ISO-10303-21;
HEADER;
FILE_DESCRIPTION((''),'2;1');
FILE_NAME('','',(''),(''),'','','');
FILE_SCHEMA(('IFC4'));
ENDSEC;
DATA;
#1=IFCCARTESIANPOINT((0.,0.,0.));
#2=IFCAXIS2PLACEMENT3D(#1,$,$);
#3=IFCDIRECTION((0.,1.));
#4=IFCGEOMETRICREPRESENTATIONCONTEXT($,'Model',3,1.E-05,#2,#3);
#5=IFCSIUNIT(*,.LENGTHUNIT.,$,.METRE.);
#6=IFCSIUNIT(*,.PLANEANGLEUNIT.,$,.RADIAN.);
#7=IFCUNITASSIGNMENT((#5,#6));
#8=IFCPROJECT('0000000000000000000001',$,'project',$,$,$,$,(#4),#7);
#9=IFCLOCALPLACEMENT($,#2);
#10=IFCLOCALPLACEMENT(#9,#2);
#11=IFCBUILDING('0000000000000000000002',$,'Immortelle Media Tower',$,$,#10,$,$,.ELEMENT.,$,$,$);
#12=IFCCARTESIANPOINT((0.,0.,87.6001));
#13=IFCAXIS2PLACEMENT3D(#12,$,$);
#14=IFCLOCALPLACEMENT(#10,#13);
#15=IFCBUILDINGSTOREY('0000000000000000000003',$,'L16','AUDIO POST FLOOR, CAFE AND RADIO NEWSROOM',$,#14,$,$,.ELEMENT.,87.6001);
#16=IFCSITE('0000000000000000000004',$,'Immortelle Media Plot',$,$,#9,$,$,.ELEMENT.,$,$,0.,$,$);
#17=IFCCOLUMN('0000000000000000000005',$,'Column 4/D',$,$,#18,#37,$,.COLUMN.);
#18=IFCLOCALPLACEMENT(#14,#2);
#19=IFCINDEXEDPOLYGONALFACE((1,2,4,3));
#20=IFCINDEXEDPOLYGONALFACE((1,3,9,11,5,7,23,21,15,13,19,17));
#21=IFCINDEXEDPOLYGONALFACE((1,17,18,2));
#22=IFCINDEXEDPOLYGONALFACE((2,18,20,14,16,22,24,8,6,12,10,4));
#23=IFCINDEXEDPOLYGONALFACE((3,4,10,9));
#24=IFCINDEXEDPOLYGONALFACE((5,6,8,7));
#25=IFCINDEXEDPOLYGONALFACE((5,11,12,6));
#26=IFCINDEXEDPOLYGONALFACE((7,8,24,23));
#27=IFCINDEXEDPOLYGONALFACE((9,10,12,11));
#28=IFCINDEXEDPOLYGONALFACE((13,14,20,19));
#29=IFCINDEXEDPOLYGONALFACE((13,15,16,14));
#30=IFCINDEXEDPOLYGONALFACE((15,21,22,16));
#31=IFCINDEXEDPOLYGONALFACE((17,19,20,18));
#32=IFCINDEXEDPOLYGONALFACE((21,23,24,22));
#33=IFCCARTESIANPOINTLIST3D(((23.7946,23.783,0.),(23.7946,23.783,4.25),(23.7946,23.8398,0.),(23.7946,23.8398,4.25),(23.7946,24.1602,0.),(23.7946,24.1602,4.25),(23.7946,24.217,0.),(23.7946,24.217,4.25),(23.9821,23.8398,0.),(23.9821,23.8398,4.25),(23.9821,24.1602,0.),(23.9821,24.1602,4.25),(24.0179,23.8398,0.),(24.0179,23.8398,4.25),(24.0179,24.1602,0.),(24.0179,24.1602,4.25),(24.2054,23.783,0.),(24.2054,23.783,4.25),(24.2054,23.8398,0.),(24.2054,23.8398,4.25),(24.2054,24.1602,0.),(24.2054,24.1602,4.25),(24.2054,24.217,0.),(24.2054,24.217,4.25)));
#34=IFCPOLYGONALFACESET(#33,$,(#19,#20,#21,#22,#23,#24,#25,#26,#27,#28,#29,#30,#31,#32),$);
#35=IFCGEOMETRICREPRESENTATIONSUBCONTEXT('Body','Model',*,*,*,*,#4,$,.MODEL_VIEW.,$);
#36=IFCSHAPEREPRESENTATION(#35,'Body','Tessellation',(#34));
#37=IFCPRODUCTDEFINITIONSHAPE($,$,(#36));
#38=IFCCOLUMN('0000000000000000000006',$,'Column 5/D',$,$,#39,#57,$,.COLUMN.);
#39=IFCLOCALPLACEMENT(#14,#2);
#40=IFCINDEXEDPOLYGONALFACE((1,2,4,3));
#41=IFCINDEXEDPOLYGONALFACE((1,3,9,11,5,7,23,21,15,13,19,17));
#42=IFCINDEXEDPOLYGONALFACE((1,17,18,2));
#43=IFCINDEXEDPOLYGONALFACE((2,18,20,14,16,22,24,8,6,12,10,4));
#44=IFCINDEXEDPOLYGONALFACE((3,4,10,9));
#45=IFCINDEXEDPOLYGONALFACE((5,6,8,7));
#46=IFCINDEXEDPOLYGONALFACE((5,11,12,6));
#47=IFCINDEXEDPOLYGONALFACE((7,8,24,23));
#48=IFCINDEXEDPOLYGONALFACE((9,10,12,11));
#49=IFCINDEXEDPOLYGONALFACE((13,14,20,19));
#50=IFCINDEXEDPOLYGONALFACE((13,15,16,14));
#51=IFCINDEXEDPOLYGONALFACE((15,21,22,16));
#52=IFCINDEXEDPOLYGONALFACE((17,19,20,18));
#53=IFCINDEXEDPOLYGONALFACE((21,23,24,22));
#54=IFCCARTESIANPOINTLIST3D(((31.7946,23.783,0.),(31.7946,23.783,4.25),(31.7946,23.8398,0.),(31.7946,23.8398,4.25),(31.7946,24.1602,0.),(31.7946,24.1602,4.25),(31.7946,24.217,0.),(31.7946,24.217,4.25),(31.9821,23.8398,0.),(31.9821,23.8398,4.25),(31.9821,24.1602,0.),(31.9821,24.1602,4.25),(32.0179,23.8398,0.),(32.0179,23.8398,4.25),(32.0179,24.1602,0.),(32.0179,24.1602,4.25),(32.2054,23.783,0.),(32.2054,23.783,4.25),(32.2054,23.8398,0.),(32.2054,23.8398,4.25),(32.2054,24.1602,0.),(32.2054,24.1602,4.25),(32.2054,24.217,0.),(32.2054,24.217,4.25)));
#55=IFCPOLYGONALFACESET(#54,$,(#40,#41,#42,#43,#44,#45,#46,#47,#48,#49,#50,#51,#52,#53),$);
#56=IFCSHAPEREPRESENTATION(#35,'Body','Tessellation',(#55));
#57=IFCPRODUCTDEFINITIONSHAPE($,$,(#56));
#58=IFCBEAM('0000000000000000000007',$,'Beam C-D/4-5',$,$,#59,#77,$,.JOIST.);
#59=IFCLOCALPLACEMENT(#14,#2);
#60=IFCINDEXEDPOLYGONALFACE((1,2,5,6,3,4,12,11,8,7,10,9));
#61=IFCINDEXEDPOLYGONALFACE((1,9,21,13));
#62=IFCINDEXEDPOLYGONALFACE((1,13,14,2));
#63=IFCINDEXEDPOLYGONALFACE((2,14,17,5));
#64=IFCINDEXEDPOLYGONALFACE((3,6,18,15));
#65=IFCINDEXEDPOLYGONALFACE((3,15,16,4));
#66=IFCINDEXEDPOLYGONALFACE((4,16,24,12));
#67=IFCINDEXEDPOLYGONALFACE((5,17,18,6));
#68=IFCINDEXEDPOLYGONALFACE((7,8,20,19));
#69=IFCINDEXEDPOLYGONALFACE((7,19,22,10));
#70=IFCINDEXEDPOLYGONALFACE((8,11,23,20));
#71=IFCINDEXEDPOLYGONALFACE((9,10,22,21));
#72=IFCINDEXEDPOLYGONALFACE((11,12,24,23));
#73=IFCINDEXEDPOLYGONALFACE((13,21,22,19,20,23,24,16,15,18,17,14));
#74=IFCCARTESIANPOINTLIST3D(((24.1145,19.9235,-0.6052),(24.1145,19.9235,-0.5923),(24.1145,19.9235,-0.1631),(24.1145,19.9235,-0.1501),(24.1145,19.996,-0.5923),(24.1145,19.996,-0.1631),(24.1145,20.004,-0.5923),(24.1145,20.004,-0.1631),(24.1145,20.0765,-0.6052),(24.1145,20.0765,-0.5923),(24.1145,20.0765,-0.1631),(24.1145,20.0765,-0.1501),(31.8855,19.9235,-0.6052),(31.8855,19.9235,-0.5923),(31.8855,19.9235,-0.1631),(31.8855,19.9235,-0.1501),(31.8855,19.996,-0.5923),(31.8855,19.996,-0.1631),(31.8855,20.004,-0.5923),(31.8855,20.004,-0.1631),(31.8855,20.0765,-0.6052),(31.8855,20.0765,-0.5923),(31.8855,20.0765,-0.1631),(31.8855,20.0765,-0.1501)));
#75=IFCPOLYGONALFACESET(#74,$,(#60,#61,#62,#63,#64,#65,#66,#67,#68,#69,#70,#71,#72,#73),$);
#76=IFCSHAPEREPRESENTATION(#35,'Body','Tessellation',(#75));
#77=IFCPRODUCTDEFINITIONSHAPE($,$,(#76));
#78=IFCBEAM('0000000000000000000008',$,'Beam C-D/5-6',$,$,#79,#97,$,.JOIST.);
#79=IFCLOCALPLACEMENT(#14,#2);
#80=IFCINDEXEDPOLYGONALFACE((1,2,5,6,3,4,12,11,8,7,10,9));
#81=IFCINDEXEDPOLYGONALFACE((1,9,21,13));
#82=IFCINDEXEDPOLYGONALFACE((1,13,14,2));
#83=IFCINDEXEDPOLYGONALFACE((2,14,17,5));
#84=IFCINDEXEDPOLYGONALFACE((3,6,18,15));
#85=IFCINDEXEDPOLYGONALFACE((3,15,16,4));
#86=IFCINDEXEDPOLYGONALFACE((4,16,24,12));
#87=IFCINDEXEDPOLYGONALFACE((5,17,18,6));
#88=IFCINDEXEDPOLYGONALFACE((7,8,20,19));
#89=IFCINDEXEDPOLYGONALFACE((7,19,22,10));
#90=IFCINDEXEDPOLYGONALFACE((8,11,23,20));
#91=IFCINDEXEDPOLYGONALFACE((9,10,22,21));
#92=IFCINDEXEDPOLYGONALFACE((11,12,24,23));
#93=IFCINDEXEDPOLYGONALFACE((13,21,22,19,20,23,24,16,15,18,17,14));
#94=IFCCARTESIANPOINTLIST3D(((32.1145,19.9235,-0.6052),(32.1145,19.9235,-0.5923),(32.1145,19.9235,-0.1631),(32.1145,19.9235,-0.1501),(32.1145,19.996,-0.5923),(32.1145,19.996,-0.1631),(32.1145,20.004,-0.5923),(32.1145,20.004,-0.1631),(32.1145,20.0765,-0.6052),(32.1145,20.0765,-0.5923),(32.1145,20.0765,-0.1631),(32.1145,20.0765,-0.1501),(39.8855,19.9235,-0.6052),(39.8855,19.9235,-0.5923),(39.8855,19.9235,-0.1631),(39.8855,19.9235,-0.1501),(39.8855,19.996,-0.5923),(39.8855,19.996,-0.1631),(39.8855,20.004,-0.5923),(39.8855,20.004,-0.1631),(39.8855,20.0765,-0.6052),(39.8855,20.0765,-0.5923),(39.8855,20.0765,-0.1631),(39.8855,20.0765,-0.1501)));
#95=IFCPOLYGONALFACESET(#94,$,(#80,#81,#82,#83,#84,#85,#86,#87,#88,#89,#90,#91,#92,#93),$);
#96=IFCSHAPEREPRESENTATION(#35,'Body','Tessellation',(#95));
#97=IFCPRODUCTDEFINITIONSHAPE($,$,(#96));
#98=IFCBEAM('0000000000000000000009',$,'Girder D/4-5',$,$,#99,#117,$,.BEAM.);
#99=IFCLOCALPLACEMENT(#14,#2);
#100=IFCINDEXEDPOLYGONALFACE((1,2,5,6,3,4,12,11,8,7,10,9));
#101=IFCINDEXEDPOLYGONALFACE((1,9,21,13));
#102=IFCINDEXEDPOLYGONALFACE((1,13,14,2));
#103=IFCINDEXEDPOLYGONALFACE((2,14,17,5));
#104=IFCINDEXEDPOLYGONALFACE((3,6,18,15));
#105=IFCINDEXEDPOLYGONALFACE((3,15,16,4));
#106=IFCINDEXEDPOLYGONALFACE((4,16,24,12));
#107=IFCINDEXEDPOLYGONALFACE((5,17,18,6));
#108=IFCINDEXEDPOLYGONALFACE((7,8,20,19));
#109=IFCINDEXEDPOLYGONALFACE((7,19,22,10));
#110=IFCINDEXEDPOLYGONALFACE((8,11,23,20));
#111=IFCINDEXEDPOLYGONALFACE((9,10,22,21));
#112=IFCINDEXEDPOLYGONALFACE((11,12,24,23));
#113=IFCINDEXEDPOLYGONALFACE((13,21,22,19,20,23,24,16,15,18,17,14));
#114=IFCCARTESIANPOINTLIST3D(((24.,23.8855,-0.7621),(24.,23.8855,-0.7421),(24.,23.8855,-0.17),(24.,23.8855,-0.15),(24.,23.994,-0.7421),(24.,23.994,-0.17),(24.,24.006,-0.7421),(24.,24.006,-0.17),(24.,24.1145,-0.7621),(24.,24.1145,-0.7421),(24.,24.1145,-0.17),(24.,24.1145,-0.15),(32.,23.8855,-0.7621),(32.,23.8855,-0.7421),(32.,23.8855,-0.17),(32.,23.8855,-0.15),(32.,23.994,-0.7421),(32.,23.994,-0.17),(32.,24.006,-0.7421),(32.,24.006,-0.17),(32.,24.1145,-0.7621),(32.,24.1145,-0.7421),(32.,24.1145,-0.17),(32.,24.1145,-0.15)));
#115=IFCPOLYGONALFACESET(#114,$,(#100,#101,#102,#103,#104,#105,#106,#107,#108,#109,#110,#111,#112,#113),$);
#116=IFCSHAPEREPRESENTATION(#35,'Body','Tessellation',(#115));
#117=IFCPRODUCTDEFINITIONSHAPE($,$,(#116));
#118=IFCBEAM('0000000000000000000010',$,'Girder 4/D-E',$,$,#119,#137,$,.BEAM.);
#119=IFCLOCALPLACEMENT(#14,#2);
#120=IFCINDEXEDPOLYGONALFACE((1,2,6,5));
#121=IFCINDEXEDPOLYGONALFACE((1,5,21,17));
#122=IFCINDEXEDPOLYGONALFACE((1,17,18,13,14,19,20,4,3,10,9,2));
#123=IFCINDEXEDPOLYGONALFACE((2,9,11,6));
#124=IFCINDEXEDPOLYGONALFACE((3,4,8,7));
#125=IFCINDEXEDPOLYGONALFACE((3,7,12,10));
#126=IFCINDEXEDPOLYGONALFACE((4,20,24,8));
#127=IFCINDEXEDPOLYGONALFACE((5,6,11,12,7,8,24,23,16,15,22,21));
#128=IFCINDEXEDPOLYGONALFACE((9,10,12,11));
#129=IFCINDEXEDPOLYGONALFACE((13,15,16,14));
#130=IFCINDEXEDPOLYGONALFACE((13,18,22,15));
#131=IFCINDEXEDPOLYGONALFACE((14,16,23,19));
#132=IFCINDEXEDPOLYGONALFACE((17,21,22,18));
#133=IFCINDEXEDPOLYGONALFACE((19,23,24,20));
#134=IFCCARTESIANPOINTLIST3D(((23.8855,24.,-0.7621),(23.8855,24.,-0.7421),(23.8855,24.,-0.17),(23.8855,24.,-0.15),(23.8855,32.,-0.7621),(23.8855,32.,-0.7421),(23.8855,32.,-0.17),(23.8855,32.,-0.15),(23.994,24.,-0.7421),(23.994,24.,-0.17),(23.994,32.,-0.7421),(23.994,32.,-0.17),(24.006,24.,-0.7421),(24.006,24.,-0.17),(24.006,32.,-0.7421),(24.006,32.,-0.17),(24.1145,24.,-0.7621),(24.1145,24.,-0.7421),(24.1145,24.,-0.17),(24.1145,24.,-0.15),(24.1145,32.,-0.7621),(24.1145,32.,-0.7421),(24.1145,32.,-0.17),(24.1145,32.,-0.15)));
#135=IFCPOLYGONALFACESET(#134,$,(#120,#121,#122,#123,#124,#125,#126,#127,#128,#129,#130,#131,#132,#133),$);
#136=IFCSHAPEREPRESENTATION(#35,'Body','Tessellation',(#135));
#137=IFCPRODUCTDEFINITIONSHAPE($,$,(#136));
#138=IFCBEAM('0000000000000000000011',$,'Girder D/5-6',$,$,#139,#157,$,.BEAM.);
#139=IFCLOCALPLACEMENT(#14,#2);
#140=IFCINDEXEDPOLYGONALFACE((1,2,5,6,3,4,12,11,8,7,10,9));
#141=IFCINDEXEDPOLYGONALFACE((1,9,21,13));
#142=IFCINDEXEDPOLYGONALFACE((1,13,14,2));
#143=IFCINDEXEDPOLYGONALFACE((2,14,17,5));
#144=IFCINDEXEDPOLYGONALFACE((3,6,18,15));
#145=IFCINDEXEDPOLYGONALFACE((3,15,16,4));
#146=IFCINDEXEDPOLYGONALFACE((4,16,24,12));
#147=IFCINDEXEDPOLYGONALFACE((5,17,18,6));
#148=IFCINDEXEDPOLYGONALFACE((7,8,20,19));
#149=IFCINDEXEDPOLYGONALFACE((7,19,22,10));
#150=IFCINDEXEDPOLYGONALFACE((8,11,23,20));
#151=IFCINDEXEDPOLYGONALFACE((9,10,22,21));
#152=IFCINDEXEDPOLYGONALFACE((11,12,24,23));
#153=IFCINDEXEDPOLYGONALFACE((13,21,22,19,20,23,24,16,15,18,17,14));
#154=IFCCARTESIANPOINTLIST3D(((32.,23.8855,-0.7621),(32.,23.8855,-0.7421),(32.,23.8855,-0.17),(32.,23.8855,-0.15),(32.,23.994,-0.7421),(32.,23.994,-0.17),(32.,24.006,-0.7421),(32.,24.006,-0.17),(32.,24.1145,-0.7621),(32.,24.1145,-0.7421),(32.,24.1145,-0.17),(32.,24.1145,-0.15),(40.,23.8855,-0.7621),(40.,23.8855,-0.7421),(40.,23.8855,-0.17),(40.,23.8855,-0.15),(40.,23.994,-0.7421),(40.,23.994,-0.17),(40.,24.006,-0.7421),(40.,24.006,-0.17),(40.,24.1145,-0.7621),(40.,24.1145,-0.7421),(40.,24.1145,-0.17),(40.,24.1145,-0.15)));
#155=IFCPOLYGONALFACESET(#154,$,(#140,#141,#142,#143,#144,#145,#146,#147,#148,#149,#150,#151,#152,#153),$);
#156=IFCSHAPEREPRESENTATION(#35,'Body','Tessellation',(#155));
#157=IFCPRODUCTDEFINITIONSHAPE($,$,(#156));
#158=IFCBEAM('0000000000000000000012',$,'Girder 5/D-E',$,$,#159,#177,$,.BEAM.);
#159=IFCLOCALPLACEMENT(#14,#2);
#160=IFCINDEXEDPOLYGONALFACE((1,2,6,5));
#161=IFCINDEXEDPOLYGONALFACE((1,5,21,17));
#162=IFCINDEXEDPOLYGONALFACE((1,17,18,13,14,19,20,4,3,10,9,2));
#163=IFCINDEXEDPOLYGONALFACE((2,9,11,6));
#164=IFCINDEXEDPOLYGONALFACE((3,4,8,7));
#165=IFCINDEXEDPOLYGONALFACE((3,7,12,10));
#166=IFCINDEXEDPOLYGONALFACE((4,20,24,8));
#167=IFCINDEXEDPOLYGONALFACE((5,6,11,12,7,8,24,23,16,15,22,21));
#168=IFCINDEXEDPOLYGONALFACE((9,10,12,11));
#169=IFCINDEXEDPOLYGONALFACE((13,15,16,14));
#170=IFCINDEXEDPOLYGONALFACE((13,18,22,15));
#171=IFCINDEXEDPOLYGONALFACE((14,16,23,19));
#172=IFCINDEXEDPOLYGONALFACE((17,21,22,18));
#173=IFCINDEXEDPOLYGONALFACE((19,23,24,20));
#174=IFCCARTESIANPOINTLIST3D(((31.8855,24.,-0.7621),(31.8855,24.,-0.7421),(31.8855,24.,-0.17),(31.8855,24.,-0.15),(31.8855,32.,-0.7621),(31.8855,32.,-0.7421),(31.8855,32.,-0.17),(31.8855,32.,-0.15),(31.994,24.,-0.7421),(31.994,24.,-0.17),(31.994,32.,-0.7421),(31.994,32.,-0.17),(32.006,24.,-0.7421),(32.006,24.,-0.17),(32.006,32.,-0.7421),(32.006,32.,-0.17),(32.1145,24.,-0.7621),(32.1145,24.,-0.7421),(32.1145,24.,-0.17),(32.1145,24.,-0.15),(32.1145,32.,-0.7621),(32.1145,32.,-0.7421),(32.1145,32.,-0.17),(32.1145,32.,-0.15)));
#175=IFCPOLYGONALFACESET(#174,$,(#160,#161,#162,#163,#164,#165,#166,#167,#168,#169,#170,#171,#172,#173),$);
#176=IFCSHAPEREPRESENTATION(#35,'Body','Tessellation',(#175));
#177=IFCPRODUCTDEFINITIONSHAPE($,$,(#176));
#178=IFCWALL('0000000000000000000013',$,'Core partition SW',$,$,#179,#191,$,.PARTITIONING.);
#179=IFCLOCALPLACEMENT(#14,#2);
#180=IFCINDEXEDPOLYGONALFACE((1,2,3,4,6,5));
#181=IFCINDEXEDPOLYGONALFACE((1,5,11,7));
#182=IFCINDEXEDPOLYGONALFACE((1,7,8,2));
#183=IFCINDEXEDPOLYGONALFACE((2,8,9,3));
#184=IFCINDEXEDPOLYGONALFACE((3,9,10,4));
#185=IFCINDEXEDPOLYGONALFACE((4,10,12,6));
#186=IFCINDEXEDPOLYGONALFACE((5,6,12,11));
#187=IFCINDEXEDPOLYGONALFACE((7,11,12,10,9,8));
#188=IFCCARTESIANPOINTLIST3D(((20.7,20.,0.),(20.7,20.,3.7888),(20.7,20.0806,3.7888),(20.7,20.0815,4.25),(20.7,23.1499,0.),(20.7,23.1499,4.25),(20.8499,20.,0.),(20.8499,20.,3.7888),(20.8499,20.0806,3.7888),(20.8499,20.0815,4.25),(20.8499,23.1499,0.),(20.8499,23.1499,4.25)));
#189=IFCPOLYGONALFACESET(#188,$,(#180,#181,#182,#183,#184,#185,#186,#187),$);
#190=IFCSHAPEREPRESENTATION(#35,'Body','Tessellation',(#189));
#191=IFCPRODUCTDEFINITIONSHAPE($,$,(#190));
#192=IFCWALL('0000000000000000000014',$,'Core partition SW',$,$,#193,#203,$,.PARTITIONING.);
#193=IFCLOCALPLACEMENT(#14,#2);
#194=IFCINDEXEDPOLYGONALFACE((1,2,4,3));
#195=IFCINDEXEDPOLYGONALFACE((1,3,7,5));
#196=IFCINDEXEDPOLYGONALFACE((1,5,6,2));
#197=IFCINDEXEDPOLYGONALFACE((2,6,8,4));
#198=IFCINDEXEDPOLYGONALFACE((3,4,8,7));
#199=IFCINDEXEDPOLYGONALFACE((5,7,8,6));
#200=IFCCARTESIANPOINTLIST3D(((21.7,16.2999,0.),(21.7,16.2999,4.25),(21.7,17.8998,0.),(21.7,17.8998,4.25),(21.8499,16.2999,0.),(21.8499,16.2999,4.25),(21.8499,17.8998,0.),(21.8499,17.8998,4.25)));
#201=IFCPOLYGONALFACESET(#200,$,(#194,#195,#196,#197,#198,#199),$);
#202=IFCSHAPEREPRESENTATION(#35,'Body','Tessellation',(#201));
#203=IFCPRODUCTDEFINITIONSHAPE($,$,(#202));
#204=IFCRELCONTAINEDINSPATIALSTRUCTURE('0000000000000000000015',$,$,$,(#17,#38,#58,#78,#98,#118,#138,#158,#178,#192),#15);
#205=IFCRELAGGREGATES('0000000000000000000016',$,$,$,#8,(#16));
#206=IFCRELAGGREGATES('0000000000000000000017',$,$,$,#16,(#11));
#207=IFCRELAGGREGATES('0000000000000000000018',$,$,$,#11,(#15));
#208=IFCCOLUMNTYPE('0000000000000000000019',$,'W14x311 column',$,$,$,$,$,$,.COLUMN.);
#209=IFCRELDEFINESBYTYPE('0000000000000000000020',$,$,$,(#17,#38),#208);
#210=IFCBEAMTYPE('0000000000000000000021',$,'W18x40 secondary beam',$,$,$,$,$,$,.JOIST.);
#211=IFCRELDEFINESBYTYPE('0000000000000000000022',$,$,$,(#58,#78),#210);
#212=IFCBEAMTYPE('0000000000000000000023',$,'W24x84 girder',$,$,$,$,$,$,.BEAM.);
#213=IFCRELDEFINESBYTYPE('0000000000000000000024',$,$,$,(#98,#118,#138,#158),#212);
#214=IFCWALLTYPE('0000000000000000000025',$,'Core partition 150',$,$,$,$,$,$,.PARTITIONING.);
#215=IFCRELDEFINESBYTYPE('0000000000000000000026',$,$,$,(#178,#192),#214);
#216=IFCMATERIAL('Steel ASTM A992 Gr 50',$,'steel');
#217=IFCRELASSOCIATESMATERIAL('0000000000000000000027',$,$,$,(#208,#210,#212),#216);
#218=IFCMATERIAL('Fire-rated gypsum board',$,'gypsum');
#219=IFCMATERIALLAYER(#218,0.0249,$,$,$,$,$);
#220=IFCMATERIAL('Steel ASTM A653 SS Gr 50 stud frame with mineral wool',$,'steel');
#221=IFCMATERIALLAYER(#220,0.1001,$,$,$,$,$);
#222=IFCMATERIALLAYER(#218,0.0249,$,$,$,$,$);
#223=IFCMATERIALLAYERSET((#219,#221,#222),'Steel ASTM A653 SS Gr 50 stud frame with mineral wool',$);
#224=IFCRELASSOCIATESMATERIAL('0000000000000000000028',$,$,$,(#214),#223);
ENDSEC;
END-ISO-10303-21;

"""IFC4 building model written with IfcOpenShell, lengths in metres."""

from ifc_helpers import new_model, si_unit, direction, frame, frame_2d, origin, origin_2d, place, context, subcontext, project, spatial, polyline, rectangle, i_section, outline, extrude, material, layer, layer_set, material_profile, profile_set, type_object, element, save


model = new_model("IFC4")

# Units and contexts
model_context = context("Model", 3, precision=1e-05, world=origin(), true_north=direction((0.0, 1.0)))
body_context = subcontext(model_context, "Body", "Model", "MODEL_VIEW")
ifc_project = project(units=[si_unit("LENGTHUNIT", "METRE"), si_unit("PLANEANGLEUNIT", "RADIAN")], contexts=[model_context])

# Site, building, storey
site_placement = place(None, origin())
site = spatial("IfcSite", under=ifc_project, at=site_placement, Name="Immortelle Media Plot", CompositionType="ELEMENT", RefElevation=0.0)
building_placement = place(site_placement, origin())
building = spatial("IfcBuilding", under=site, at=building_placement, Name="Immortelle Media Tower", CompositionType="ELEMENT")
storey_placement = place(building_placement, frame((0.0, 0.0, 87.6001)))
storey = spatial("IfcBuildingStorey", under=building, at=storey_placement, Name="L16", Description="AUDIO POST FLOOR, CAFE AND RADIO NEWSROOM", CompositionType="ELEMENT", Elevation=87.6001)

# Columns
ifc_material_1 = material(Name="Steel ASTM A992 Gr 50", Category="steel")
ifc_material_profile_1 = material_profile(ifc_material_1, i_section(OverallWidth=0.4109, OverallDepth=0.4341, WebThickness=0.0359, FlangeThickness=0.0569, at=origin_2d()), Name="W14x311")
ifc_profile_set_1 = profile_set([ifc_material_profile_1], Name="Steel ASTM A992 Gr 50")
column_type = type_object("IfcColumnType", Name="W14x311 column", PredefinedType="COLUMN", material=ifc_profile_set_1)
for number, where, z_axis, x_axis, name in (
    (1, (24.0, 24.0, 0.0), (0.0, 0.0, 1.0), (1.0, 0.0, 0.0), "Column 4/D"),
    (2, (32.0, 24.0, 0.0), (0.0, 0.0, 1.0), (1.0, 0.0, 0.0), "Column 5/D"),
):
    element("IfcColumn", number, at=place(storey_placement, frame(where, z_axis=z_axis, x_axis=x_axis)), inside=storey, type_object=column_type, Name=name, PredefinedType="COLUMN", context=body_context, shape_type="SweptSolid", body=[
        extrude(i_section(OverallWidth=0.4109, OverallDepth=0.4341, WebThickness=0.0359, FlangeThickness=0.0569, at=origin_2d()), origin(), (0.0, 0.0, 1.0), 4.25),
    ])

# Beams
ifc_material_profile_2 = material_profile(ifc_material_1, i_section(OverallWidth=0.1531, OverallDepth=0.4551, WebThickness=0.0081, FlangeThickness=0.0129, at=origin_2d()), Name="W18x40")
ifc_profile_set_2 = profile_set([ifc_material_profile_2], Name="Steel ASTM A992 Gr 50")
beam_type_1 = type_object("IfcBeamType", Name="W18x40 secondary beam", PredefinedType="JOIST", material=ifc_profile_set_2)
for number, where, z_axis, x_axis, name in (
    (3, (24.1145, 20.0, -0.3777), (1.0, 0.0, 0.0), (0.0, 1.0, 0.0), "Beam C-D/4-5"),
    (4, (32.1145, 20.0, -0.3777), (1.0, 0.0, 0.0), (0.0, 1.0, 0.0), "Beam C-D/5-6"),
):
    element("IfcBeam", number, at=place(storey_placement, frame(where, z_axis=z_axis, x_axis=x_axis)), inside=storey, type_object=beam_type_1, Name=name, PredefinedType="JOIST", context=body_context, shape_type="SweptSolid", body=[
        extrude(i_section(OverallWidth=0.1531, OverallDepth=0.4551, WebThickness=0.0081, FlangeThickness=0.0129, at=origin_2d()), origin(), (0.0, 0.0, 1.0), 7.771),
    ])
ifc_material_profile_3 = material_profile(ifc_material_1, i_section(OverallWidth=0.229, OverallDepth=0.6121, WebThickness=0.012, FlangeThickness=0.02, at=origin_2d()), Name="W24x84")
ifc_profile_set_3 = profile_set([ifc_material_profile_3], Name="Steel ASTM A992 Gr 50")
beam_type_2 = type_object("IfcBeamType", Name="W24x84 girder", PredefinedType="BEAM", material=ifc_profile_set_3)
for number, where, z_axis, x_axis, name in (
    (5, (24.0, 24.0, -0.4561), (1.0, 0.0, 0.0), (0.0, 1.0, 0.0), "Girder D/4-5"),
    (6, (24.0, 24.0, -0.4561), (0.0, 1.0, 0.0), (-1.0, 0.0, 0.0), "Girder 4/D-E"),
    (7, (32.0, 24.0, -0.4561), (1.0, 0.0, 0.0), (0.0, 1.0, 0.0), "Girder D/5-6"),
    (8, (32.0, 24.0, -0.4561), (0.0, 1.0, 0.0), (-1.0, 0.0, 0.0), "Girder 5/D-E"),
):
    element("IfcBeam", number, at=place(storey_placement, frame(where, z_axis=z_axis, x_axis=x_axis)), inside=storey, type_object=beam_type_2, Name=name, PredefinedType="BEAM", context=body_context, shape_type="SweptSolid", body=[
        extrude(i_section(OverallWidth=0.229, OverallDepth=0.6121, WebThickness=0.012, FlangeThickness=0.02, at=origin_2d()), origin(), (0.0, 0.0, 1.0), 8.0),
    ])

# Walls
ifc_material_2 = material(Name="Fire-rated gypsum board", Category="gypsum")
ifc_layer_1 = layer(ifc_material_2, 0.0249)
ifc_material_3 = material(Name="Steel ASTM A653 SS Gr 50 stud frame with mineral wool", Category="steel")
ifc_layer_2 = layer(ifc_material_3, 0.1001)
ifc_layer_3 = layer(ifc_material_2, 0.0249)
ifc_layer_set_1 = layer_set([ifc_layer_1, ifc_layer_2, ifc_layer_3], Name="Steel ASTM A653 SS Gr 50 stud frame with mineral wool")
wall_type_1 = type_object("IfcWallType", Name="Core partition 150", PredefinedType="PARTITIONING", material=ifc_layer_set_1)
wall_1_placement = place(storey_placement, frame((20.7749, 20.0, 0.0), z_axis=(0.0, 0.0, 1.0), x_axis=(0.0, 1.0, 0.0)))
element("IfcWall", 9, at=wall_1_placement, inside=storey, type_object=wall_type_1, Name="Core partition SW", PredefinedType="PARTITIONING", context=body_context, shape_type="SweptSolid", body=[
    extrude(outline(polyline([(0.0, 0.0), (3.1499, 0.0), (3.1499, 4.25), (0.0815, 4.25), (0.0806, 3.7888), (0.0, 3.7888), (0.0, 0.0)])), frame((0.0, 0.075, 0.0), z_axis=(0.0, -1.0, 0.0), x_axis=(1.0, 0.0, 0.0)), (0.0, 0.0, 1.0), 0.1499),
])
wall_2_placement = place(storey_placement, frame((21.7749, 16.3, 0.0), z_axis=(0.0, 0.0, 1.0), x_axis=(0.0, 1.0, 0.0)))
element("IfcWall", 10, at=wall_2_placement, inside=storey, type_object=wall_type_1, Name="Core partition SW", PredefinedType="PARTITIONING", context=body_context, shape_type="SweptSolid", body=[
    extrude(rectangle(XDim=1.5999, YDim=0.1499, at=frame_2d((0.7998, 0.0))), origin(), (0.0, 0.0, 1.0), 4.25),
])

save(model, "model.ifc")
